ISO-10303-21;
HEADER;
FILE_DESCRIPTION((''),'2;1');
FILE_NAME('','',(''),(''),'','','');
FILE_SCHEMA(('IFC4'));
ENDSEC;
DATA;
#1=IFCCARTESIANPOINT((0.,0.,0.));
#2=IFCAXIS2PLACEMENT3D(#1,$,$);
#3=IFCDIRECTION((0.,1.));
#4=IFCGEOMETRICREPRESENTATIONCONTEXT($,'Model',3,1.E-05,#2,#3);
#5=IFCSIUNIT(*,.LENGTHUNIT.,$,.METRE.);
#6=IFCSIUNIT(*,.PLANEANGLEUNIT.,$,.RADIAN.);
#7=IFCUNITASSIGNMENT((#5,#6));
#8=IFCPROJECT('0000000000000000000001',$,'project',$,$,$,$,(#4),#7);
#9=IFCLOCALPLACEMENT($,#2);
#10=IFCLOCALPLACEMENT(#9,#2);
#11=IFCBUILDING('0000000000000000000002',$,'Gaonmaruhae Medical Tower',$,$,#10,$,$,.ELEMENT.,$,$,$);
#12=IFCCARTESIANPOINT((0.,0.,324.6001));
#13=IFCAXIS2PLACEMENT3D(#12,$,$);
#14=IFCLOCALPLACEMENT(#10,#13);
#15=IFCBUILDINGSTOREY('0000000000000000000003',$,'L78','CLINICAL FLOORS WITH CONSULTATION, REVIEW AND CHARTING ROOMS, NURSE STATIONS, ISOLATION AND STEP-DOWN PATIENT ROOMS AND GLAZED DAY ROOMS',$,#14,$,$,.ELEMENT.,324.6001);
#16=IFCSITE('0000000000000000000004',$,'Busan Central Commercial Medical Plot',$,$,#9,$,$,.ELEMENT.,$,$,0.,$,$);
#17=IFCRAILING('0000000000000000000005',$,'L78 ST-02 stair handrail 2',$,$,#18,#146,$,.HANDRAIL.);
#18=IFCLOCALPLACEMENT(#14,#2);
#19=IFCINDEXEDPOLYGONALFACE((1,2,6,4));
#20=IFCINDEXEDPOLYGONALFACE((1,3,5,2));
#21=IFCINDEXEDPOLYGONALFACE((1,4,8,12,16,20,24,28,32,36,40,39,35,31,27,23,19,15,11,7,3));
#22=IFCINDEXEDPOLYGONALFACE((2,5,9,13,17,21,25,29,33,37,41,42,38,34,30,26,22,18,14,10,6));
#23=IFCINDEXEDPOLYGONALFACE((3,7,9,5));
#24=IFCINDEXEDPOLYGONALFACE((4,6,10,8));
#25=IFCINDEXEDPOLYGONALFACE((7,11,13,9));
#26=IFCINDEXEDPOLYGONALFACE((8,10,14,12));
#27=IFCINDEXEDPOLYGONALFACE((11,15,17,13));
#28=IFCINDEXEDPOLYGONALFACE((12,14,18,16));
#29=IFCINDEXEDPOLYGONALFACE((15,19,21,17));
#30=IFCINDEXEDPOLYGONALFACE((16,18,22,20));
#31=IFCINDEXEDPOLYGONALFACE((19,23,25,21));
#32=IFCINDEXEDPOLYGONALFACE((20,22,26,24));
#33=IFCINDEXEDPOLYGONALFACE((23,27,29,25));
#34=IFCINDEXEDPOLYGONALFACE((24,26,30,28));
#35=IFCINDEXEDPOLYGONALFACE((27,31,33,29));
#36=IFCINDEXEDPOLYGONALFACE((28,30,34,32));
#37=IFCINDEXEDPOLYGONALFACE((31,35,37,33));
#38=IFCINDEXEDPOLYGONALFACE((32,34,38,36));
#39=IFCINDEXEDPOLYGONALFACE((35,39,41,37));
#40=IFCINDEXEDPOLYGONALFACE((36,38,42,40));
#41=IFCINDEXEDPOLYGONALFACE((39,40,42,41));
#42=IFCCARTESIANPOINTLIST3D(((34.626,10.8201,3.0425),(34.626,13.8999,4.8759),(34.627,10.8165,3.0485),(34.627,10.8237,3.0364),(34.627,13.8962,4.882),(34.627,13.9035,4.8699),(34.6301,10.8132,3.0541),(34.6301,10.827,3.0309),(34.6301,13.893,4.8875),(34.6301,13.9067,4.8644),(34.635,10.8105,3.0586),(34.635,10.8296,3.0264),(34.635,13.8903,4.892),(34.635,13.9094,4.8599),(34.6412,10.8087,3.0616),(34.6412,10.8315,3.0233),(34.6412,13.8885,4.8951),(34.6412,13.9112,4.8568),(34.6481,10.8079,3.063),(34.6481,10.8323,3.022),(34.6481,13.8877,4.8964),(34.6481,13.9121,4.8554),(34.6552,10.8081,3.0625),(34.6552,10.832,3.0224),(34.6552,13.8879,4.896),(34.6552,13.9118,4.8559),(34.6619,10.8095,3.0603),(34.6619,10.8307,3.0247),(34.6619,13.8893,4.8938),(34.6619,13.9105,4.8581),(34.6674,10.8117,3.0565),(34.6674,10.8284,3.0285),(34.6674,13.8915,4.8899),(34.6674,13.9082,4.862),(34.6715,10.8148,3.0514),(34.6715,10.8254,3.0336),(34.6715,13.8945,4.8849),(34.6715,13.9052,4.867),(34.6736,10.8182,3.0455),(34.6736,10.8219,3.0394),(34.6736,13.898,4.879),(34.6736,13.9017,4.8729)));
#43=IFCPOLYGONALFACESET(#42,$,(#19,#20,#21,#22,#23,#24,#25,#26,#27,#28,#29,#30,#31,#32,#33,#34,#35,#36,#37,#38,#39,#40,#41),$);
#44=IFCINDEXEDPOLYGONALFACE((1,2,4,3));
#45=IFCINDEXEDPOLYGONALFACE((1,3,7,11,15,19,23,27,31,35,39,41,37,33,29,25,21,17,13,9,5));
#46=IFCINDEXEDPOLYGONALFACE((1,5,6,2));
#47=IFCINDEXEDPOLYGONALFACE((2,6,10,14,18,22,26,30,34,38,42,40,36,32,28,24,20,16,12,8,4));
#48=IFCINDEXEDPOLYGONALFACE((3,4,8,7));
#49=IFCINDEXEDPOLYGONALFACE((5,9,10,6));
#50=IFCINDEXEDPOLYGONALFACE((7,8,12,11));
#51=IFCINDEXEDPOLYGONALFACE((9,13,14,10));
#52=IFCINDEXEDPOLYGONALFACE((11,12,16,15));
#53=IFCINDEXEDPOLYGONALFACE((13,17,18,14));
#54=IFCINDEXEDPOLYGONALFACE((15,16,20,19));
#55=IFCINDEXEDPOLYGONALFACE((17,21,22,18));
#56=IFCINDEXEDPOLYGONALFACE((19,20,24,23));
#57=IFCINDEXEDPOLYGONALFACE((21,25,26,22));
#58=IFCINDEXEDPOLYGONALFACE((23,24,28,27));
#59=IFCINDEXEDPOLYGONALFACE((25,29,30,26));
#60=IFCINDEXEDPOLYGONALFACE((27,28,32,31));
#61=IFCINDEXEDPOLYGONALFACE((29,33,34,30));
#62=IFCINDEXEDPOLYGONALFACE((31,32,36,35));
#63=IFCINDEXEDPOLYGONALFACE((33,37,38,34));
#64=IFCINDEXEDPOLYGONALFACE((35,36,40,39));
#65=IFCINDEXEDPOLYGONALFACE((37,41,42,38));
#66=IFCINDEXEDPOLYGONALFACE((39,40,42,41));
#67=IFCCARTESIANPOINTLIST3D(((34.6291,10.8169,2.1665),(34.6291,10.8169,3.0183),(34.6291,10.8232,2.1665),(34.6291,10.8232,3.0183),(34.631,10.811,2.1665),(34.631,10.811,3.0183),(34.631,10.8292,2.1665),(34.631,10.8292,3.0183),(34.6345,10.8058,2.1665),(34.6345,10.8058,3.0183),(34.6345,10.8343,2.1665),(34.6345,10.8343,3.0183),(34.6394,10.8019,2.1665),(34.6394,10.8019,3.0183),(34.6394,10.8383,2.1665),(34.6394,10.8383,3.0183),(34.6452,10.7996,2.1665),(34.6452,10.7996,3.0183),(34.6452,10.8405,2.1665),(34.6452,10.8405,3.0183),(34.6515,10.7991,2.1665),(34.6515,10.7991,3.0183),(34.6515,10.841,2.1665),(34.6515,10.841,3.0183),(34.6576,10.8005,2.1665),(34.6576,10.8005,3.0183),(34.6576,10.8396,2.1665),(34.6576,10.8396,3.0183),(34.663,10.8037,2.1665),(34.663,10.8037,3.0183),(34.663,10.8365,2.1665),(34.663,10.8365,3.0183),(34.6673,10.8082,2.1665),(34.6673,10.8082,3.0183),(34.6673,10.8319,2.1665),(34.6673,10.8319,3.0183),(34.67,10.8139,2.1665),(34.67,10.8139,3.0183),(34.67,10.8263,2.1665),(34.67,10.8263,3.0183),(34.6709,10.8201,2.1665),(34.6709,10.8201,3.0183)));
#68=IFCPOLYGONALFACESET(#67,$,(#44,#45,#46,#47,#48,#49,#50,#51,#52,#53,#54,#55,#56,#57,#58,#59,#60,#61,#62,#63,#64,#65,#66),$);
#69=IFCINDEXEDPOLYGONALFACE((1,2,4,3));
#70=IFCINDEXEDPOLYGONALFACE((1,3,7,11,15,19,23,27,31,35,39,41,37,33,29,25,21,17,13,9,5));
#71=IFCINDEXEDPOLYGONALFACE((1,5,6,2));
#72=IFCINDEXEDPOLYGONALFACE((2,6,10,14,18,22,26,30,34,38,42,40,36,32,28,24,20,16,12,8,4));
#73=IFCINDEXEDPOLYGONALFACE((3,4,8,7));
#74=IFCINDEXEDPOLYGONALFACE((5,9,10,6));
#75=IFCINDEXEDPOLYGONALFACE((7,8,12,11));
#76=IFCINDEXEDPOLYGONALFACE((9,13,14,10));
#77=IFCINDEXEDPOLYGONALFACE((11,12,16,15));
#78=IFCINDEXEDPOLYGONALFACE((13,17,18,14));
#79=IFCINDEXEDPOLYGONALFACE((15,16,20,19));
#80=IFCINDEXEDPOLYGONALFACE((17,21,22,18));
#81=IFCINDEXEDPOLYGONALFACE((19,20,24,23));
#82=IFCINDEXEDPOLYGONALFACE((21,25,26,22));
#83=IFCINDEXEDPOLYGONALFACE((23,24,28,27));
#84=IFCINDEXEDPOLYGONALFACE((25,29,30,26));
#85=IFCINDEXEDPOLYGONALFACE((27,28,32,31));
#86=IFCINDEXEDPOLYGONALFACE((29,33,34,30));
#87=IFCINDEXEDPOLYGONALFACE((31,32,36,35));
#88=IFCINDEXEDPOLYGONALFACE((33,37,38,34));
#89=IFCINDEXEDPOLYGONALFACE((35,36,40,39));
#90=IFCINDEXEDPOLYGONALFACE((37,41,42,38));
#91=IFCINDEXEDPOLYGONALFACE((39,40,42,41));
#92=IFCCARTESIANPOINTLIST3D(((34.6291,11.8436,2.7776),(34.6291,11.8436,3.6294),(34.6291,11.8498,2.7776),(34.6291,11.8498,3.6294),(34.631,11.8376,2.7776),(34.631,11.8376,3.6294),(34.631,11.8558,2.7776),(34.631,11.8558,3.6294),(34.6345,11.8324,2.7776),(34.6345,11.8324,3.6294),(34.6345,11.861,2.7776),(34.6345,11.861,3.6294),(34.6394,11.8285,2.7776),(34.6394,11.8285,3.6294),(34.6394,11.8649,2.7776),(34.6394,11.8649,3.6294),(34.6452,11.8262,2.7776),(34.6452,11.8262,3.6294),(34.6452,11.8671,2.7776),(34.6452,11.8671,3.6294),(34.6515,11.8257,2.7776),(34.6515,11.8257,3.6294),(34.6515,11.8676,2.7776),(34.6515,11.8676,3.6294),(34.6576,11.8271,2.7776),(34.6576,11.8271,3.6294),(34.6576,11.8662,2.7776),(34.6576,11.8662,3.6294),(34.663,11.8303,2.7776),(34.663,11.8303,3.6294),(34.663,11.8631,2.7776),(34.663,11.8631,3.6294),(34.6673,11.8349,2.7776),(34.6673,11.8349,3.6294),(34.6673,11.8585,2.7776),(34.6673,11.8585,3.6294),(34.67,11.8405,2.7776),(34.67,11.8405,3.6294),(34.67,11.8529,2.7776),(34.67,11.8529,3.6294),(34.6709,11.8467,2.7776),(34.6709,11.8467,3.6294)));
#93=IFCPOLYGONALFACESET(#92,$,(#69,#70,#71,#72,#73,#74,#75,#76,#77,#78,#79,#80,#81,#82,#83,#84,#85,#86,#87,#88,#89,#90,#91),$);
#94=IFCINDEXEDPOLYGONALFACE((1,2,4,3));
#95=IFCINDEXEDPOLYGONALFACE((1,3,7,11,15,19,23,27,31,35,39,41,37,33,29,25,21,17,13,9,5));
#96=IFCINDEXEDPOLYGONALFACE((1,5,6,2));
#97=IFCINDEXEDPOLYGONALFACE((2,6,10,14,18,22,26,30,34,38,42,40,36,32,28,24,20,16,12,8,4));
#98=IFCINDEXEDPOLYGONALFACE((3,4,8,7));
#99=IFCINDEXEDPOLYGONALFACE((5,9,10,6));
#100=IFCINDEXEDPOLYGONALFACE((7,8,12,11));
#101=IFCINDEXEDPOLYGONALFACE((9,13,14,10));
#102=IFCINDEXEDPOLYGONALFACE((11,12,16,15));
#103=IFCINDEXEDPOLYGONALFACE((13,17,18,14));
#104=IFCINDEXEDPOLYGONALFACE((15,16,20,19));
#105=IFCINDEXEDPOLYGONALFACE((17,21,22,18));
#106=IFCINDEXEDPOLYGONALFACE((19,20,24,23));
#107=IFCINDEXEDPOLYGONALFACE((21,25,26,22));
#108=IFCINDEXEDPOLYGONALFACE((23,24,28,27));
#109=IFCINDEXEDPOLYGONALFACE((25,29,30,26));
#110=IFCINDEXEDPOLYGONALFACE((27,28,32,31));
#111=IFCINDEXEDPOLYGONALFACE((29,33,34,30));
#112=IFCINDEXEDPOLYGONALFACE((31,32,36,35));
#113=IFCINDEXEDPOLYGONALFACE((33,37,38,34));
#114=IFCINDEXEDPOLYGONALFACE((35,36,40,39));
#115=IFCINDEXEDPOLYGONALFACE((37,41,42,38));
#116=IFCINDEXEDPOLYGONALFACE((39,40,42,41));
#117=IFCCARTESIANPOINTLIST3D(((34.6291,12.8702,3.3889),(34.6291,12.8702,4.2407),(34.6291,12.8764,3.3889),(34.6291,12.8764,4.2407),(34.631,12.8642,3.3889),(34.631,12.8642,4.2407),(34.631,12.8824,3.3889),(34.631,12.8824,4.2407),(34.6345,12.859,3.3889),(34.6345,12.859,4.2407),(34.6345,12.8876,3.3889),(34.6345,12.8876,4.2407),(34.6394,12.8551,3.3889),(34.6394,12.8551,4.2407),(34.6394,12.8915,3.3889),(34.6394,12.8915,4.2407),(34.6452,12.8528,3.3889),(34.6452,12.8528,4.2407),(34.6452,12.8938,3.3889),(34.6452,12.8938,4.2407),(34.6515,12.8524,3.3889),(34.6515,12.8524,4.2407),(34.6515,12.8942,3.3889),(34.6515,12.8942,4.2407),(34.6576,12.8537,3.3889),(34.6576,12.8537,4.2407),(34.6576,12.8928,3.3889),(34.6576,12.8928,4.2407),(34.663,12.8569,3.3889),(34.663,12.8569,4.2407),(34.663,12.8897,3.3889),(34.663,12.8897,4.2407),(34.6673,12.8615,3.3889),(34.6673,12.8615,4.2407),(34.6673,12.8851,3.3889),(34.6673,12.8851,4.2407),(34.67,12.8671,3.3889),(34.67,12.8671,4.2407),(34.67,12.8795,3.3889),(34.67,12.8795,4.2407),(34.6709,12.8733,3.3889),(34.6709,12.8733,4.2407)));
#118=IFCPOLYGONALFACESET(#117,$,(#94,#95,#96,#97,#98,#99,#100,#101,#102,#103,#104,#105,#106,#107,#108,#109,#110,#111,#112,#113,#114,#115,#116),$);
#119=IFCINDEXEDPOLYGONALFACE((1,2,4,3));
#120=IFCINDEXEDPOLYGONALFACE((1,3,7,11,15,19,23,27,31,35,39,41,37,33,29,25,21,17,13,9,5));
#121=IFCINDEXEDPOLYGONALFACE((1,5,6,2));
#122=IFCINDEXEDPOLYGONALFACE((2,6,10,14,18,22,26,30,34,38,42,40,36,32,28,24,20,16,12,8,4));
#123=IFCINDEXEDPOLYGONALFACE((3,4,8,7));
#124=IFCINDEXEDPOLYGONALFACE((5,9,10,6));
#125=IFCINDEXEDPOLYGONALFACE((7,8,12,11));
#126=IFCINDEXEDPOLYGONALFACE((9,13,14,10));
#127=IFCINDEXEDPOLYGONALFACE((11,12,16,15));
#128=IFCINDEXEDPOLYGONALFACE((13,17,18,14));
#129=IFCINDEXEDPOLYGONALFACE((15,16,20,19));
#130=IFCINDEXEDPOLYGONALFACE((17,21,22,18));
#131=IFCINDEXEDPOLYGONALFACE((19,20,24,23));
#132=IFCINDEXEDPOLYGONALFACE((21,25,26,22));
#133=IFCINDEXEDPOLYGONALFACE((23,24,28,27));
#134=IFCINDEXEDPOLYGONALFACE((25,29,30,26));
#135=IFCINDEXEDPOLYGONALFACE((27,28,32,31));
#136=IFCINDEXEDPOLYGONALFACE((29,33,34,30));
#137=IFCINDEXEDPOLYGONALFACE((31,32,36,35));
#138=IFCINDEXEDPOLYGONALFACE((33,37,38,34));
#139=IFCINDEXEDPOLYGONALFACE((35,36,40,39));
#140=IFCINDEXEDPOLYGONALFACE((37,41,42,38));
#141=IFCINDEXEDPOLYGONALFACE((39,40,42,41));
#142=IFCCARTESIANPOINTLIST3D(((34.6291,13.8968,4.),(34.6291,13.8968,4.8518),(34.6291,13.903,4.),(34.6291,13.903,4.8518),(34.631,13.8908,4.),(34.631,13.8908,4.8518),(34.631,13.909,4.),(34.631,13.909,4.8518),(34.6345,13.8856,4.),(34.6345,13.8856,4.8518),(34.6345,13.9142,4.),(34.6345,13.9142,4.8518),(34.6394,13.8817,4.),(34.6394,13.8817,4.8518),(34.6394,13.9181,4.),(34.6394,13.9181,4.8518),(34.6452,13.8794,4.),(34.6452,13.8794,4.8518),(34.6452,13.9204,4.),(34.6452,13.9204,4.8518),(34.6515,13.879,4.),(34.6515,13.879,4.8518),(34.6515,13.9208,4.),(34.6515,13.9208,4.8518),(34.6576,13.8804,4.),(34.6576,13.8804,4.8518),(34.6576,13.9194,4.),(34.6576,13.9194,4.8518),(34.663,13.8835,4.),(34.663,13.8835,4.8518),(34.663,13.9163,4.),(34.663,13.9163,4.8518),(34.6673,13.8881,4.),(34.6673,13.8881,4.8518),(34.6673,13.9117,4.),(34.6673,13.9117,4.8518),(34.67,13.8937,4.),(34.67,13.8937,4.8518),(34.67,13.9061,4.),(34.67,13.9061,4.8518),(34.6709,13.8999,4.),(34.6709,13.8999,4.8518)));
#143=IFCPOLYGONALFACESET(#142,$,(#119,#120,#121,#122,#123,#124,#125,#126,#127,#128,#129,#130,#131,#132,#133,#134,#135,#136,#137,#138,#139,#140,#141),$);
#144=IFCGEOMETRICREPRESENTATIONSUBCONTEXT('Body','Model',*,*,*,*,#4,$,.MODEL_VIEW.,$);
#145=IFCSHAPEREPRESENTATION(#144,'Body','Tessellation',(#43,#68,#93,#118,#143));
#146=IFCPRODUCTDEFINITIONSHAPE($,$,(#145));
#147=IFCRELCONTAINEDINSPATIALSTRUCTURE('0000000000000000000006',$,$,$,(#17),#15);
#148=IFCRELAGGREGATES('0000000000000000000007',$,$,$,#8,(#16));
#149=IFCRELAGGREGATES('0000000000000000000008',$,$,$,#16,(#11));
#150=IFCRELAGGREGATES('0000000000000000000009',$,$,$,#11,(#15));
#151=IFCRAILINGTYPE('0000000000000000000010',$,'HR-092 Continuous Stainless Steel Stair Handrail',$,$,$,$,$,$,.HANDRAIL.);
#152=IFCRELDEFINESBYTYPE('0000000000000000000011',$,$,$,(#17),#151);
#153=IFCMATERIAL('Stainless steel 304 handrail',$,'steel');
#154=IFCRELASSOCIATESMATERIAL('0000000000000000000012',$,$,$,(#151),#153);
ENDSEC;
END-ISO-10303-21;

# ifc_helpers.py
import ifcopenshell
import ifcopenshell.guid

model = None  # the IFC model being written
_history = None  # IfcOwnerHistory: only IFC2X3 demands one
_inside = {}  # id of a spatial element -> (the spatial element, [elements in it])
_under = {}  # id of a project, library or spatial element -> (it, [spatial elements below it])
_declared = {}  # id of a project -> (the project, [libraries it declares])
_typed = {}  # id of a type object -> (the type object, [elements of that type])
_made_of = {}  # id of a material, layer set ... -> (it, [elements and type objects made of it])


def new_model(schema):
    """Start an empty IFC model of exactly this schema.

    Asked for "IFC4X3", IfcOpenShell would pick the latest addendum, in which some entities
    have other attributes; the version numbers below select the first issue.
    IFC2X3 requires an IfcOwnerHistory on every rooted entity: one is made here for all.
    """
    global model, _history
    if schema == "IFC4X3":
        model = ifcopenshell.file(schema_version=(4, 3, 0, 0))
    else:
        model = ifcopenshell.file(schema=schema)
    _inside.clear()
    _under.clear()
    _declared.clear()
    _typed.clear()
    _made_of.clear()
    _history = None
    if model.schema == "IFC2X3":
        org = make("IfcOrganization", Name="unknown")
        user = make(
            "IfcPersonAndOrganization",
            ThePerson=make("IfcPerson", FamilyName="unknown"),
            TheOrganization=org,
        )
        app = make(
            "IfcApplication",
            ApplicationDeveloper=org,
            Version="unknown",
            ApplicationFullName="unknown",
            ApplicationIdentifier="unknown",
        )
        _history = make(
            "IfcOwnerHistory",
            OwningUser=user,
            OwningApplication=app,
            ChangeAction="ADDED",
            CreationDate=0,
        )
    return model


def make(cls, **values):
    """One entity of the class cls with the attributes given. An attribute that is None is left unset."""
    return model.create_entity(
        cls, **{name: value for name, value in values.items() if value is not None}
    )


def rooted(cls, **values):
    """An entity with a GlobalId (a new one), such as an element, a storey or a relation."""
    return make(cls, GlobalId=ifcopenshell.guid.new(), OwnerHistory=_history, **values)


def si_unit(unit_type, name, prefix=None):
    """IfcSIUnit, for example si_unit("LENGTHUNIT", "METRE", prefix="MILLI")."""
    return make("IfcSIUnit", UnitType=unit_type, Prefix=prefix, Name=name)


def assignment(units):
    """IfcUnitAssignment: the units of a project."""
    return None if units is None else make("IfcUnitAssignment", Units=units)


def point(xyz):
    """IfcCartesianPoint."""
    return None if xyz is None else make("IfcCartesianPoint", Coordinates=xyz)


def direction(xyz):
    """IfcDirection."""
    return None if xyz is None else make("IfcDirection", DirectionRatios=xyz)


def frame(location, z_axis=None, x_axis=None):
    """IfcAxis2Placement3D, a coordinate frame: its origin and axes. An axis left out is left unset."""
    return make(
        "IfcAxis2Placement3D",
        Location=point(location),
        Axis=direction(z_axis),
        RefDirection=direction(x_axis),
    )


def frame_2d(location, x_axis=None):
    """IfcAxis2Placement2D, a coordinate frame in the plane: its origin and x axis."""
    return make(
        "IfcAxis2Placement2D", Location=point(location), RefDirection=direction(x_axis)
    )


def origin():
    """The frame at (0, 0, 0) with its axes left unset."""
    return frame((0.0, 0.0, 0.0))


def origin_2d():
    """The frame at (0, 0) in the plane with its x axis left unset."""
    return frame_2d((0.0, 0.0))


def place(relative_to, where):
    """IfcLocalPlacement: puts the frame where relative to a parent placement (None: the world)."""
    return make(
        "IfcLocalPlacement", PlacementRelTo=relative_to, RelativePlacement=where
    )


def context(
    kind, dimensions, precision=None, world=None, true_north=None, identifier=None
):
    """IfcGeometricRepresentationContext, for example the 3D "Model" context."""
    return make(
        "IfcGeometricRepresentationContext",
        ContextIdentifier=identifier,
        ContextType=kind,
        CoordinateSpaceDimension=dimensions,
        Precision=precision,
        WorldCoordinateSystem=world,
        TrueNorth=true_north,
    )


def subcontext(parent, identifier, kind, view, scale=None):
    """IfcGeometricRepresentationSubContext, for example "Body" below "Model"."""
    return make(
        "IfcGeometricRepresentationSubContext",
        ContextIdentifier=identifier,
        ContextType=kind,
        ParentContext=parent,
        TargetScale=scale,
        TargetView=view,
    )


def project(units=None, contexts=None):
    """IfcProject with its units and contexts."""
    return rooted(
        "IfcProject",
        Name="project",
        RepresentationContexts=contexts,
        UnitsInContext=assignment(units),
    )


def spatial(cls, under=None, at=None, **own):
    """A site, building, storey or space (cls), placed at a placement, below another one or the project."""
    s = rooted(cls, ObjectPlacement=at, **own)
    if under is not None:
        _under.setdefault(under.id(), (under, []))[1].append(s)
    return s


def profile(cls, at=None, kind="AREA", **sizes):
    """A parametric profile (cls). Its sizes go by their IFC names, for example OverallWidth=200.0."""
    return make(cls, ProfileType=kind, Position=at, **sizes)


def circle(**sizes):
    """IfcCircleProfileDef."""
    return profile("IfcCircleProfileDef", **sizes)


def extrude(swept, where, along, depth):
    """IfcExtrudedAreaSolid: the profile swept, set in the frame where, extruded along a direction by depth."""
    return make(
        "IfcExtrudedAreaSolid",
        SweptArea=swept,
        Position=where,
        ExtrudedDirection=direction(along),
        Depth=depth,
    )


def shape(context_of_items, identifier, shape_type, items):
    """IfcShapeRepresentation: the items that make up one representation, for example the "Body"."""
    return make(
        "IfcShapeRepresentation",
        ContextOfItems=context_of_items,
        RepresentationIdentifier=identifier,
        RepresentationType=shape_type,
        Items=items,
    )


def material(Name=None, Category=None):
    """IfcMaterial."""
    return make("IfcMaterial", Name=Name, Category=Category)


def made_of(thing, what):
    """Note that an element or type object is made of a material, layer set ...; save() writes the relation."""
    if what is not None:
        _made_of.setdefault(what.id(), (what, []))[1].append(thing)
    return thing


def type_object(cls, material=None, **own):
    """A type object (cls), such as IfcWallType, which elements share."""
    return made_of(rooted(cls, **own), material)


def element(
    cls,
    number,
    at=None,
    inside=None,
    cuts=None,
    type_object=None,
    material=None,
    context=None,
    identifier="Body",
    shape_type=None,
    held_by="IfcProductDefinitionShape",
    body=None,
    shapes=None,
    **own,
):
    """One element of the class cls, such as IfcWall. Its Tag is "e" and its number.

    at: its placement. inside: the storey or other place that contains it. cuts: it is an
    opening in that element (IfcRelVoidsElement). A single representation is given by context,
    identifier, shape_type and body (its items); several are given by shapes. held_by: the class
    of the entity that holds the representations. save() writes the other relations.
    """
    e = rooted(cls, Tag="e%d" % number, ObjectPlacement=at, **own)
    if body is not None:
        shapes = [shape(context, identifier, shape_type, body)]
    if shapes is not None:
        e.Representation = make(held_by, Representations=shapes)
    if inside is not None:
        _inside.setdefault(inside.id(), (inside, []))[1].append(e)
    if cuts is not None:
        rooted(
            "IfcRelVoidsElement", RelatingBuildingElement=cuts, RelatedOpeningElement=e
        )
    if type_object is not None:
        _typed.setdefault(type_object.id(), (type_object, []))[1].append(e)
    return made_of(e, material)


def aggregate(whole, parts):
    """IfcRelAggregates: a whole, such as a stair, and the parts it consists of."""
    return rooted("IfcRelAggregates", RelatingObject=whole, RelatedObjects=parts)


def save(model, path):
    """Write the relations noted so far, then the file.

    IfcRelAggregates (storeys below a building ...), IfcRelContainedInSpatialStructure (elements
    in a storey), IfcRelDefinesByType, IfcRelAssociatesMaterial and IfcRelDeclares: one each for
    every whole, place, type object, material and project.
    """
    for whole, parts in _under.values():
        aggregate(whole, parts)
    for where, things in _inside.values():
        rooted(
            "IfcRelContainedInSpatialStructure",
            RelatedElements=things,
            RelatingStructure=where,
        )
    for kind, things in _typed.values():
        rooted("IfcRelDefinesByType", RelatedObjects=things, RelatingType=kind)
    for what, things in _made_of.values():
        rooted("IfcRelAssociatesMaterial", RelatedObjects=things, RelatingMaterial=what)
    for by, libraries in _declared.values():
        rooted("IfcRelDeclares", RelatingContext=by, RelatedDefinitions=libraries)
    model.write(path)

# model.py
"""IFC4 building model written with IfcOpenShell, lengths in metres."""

from ifc_helpers import new_model, si_unit, direction, frame, origin, origin_2d, place, context, subcontext, project, spatial, circle, extrude, material, type_object, element, save


model = new_model("IFC4")

# Units and contexts
model_context = context("Model", 3, precision=1e-05, world=origin(), true_north=direction((0.0, 1.0)))
body_context = subcontext(model_context, "Body", "Model", "MODEL_VIEW")
ifc_project = project(units=[si_unit("LENGTHUNIT", "METRE"), si_unit("PLANEANGLEUNIT", "RADIAN")], contexts=[model_context])

# Site, building, storey
site_placement = place(None, origin())
site = spatial("IfcSite", under=ifc_project, at=site_placement, Name="Busan Central Commercial Medical Plot", CompositionType="ELEMENT", RefElevation=0.0)
building_placement = place(site_placement, origin())
building = spatial("IfcBuilding", under=site, at=building_placement, Name="Gaonmaruhae Medical Tower", CompositionType="ELEMENT")
storey_placement = place(building_placement, frame((0.0, 0.0, 324.6001)))
storey = spatial("IfcBuildingStorey", under=building, at=storey_placement, Name="L78", Description="CLINICAL FLOORS WITH CONSULTATION, REVIEW AND CHARTING ROOMS, NURSE STATIONS, ISOLATION AND STEP-DOWN PATIENT ROOMS AND GLAZED DAY ROOMS", CompositionType="ELEMENT", Elevation=324.6001)

# Railing
ifc_material_1 = material(Name="Stainless steel 304 handrail", Category="steel")
railing_type_1 = type_object("IfcRailingType", Name="HR-092 Continuous Stainless Steel Stair Handrail", PredefinedType="HANDRAIL", material=ifc_material_1)
railing_1_placement = place(storey_placement, frame((34.6499, 10.8201, 2.1665)))
element("IfcRailing", 1, at=railing_1_placement, inside=storey, type_object=railing_type_1, Name="L78 ST-02 stair handrail 2", PredefinedType="HANDRAIL", context=body_context, shape_type="SweptSolid", body=[
    extrude(circle(Radius=0.0239, at=origin_2d()), frame((0.0, 0.0, 0.876), z_axis=(0.0, 0.859261, 0.511538), x_axis=(-1.0, 0.0, 0.0)), (0.0, 0.0, 1.0), 3.5842),
    extrude(circle(Radius=0.021, at=origin_2d()), origin(), (0.0, 0.0, 1.0), 0.8518),
    extrude(circle(Radius=0.021, at=origin_2d()), frame((0.0, 1.0266, 0.6111)), (0.0, 0.0, 1.0), 0.8518),
    extrude(circle(Radius=0.021, at=origin_2d()), frame((0.0, 2.0532, 1.2224)), (0.0, 0.0, 1.0), 0.8518),
    extrude(circle(Radius=0.021, at=origin_2d()), frame((0.0, 3.0798, 1.8335)), (0.0, 0.0, 1.0), 0.8518),
])

save(model, "model.ifc")
